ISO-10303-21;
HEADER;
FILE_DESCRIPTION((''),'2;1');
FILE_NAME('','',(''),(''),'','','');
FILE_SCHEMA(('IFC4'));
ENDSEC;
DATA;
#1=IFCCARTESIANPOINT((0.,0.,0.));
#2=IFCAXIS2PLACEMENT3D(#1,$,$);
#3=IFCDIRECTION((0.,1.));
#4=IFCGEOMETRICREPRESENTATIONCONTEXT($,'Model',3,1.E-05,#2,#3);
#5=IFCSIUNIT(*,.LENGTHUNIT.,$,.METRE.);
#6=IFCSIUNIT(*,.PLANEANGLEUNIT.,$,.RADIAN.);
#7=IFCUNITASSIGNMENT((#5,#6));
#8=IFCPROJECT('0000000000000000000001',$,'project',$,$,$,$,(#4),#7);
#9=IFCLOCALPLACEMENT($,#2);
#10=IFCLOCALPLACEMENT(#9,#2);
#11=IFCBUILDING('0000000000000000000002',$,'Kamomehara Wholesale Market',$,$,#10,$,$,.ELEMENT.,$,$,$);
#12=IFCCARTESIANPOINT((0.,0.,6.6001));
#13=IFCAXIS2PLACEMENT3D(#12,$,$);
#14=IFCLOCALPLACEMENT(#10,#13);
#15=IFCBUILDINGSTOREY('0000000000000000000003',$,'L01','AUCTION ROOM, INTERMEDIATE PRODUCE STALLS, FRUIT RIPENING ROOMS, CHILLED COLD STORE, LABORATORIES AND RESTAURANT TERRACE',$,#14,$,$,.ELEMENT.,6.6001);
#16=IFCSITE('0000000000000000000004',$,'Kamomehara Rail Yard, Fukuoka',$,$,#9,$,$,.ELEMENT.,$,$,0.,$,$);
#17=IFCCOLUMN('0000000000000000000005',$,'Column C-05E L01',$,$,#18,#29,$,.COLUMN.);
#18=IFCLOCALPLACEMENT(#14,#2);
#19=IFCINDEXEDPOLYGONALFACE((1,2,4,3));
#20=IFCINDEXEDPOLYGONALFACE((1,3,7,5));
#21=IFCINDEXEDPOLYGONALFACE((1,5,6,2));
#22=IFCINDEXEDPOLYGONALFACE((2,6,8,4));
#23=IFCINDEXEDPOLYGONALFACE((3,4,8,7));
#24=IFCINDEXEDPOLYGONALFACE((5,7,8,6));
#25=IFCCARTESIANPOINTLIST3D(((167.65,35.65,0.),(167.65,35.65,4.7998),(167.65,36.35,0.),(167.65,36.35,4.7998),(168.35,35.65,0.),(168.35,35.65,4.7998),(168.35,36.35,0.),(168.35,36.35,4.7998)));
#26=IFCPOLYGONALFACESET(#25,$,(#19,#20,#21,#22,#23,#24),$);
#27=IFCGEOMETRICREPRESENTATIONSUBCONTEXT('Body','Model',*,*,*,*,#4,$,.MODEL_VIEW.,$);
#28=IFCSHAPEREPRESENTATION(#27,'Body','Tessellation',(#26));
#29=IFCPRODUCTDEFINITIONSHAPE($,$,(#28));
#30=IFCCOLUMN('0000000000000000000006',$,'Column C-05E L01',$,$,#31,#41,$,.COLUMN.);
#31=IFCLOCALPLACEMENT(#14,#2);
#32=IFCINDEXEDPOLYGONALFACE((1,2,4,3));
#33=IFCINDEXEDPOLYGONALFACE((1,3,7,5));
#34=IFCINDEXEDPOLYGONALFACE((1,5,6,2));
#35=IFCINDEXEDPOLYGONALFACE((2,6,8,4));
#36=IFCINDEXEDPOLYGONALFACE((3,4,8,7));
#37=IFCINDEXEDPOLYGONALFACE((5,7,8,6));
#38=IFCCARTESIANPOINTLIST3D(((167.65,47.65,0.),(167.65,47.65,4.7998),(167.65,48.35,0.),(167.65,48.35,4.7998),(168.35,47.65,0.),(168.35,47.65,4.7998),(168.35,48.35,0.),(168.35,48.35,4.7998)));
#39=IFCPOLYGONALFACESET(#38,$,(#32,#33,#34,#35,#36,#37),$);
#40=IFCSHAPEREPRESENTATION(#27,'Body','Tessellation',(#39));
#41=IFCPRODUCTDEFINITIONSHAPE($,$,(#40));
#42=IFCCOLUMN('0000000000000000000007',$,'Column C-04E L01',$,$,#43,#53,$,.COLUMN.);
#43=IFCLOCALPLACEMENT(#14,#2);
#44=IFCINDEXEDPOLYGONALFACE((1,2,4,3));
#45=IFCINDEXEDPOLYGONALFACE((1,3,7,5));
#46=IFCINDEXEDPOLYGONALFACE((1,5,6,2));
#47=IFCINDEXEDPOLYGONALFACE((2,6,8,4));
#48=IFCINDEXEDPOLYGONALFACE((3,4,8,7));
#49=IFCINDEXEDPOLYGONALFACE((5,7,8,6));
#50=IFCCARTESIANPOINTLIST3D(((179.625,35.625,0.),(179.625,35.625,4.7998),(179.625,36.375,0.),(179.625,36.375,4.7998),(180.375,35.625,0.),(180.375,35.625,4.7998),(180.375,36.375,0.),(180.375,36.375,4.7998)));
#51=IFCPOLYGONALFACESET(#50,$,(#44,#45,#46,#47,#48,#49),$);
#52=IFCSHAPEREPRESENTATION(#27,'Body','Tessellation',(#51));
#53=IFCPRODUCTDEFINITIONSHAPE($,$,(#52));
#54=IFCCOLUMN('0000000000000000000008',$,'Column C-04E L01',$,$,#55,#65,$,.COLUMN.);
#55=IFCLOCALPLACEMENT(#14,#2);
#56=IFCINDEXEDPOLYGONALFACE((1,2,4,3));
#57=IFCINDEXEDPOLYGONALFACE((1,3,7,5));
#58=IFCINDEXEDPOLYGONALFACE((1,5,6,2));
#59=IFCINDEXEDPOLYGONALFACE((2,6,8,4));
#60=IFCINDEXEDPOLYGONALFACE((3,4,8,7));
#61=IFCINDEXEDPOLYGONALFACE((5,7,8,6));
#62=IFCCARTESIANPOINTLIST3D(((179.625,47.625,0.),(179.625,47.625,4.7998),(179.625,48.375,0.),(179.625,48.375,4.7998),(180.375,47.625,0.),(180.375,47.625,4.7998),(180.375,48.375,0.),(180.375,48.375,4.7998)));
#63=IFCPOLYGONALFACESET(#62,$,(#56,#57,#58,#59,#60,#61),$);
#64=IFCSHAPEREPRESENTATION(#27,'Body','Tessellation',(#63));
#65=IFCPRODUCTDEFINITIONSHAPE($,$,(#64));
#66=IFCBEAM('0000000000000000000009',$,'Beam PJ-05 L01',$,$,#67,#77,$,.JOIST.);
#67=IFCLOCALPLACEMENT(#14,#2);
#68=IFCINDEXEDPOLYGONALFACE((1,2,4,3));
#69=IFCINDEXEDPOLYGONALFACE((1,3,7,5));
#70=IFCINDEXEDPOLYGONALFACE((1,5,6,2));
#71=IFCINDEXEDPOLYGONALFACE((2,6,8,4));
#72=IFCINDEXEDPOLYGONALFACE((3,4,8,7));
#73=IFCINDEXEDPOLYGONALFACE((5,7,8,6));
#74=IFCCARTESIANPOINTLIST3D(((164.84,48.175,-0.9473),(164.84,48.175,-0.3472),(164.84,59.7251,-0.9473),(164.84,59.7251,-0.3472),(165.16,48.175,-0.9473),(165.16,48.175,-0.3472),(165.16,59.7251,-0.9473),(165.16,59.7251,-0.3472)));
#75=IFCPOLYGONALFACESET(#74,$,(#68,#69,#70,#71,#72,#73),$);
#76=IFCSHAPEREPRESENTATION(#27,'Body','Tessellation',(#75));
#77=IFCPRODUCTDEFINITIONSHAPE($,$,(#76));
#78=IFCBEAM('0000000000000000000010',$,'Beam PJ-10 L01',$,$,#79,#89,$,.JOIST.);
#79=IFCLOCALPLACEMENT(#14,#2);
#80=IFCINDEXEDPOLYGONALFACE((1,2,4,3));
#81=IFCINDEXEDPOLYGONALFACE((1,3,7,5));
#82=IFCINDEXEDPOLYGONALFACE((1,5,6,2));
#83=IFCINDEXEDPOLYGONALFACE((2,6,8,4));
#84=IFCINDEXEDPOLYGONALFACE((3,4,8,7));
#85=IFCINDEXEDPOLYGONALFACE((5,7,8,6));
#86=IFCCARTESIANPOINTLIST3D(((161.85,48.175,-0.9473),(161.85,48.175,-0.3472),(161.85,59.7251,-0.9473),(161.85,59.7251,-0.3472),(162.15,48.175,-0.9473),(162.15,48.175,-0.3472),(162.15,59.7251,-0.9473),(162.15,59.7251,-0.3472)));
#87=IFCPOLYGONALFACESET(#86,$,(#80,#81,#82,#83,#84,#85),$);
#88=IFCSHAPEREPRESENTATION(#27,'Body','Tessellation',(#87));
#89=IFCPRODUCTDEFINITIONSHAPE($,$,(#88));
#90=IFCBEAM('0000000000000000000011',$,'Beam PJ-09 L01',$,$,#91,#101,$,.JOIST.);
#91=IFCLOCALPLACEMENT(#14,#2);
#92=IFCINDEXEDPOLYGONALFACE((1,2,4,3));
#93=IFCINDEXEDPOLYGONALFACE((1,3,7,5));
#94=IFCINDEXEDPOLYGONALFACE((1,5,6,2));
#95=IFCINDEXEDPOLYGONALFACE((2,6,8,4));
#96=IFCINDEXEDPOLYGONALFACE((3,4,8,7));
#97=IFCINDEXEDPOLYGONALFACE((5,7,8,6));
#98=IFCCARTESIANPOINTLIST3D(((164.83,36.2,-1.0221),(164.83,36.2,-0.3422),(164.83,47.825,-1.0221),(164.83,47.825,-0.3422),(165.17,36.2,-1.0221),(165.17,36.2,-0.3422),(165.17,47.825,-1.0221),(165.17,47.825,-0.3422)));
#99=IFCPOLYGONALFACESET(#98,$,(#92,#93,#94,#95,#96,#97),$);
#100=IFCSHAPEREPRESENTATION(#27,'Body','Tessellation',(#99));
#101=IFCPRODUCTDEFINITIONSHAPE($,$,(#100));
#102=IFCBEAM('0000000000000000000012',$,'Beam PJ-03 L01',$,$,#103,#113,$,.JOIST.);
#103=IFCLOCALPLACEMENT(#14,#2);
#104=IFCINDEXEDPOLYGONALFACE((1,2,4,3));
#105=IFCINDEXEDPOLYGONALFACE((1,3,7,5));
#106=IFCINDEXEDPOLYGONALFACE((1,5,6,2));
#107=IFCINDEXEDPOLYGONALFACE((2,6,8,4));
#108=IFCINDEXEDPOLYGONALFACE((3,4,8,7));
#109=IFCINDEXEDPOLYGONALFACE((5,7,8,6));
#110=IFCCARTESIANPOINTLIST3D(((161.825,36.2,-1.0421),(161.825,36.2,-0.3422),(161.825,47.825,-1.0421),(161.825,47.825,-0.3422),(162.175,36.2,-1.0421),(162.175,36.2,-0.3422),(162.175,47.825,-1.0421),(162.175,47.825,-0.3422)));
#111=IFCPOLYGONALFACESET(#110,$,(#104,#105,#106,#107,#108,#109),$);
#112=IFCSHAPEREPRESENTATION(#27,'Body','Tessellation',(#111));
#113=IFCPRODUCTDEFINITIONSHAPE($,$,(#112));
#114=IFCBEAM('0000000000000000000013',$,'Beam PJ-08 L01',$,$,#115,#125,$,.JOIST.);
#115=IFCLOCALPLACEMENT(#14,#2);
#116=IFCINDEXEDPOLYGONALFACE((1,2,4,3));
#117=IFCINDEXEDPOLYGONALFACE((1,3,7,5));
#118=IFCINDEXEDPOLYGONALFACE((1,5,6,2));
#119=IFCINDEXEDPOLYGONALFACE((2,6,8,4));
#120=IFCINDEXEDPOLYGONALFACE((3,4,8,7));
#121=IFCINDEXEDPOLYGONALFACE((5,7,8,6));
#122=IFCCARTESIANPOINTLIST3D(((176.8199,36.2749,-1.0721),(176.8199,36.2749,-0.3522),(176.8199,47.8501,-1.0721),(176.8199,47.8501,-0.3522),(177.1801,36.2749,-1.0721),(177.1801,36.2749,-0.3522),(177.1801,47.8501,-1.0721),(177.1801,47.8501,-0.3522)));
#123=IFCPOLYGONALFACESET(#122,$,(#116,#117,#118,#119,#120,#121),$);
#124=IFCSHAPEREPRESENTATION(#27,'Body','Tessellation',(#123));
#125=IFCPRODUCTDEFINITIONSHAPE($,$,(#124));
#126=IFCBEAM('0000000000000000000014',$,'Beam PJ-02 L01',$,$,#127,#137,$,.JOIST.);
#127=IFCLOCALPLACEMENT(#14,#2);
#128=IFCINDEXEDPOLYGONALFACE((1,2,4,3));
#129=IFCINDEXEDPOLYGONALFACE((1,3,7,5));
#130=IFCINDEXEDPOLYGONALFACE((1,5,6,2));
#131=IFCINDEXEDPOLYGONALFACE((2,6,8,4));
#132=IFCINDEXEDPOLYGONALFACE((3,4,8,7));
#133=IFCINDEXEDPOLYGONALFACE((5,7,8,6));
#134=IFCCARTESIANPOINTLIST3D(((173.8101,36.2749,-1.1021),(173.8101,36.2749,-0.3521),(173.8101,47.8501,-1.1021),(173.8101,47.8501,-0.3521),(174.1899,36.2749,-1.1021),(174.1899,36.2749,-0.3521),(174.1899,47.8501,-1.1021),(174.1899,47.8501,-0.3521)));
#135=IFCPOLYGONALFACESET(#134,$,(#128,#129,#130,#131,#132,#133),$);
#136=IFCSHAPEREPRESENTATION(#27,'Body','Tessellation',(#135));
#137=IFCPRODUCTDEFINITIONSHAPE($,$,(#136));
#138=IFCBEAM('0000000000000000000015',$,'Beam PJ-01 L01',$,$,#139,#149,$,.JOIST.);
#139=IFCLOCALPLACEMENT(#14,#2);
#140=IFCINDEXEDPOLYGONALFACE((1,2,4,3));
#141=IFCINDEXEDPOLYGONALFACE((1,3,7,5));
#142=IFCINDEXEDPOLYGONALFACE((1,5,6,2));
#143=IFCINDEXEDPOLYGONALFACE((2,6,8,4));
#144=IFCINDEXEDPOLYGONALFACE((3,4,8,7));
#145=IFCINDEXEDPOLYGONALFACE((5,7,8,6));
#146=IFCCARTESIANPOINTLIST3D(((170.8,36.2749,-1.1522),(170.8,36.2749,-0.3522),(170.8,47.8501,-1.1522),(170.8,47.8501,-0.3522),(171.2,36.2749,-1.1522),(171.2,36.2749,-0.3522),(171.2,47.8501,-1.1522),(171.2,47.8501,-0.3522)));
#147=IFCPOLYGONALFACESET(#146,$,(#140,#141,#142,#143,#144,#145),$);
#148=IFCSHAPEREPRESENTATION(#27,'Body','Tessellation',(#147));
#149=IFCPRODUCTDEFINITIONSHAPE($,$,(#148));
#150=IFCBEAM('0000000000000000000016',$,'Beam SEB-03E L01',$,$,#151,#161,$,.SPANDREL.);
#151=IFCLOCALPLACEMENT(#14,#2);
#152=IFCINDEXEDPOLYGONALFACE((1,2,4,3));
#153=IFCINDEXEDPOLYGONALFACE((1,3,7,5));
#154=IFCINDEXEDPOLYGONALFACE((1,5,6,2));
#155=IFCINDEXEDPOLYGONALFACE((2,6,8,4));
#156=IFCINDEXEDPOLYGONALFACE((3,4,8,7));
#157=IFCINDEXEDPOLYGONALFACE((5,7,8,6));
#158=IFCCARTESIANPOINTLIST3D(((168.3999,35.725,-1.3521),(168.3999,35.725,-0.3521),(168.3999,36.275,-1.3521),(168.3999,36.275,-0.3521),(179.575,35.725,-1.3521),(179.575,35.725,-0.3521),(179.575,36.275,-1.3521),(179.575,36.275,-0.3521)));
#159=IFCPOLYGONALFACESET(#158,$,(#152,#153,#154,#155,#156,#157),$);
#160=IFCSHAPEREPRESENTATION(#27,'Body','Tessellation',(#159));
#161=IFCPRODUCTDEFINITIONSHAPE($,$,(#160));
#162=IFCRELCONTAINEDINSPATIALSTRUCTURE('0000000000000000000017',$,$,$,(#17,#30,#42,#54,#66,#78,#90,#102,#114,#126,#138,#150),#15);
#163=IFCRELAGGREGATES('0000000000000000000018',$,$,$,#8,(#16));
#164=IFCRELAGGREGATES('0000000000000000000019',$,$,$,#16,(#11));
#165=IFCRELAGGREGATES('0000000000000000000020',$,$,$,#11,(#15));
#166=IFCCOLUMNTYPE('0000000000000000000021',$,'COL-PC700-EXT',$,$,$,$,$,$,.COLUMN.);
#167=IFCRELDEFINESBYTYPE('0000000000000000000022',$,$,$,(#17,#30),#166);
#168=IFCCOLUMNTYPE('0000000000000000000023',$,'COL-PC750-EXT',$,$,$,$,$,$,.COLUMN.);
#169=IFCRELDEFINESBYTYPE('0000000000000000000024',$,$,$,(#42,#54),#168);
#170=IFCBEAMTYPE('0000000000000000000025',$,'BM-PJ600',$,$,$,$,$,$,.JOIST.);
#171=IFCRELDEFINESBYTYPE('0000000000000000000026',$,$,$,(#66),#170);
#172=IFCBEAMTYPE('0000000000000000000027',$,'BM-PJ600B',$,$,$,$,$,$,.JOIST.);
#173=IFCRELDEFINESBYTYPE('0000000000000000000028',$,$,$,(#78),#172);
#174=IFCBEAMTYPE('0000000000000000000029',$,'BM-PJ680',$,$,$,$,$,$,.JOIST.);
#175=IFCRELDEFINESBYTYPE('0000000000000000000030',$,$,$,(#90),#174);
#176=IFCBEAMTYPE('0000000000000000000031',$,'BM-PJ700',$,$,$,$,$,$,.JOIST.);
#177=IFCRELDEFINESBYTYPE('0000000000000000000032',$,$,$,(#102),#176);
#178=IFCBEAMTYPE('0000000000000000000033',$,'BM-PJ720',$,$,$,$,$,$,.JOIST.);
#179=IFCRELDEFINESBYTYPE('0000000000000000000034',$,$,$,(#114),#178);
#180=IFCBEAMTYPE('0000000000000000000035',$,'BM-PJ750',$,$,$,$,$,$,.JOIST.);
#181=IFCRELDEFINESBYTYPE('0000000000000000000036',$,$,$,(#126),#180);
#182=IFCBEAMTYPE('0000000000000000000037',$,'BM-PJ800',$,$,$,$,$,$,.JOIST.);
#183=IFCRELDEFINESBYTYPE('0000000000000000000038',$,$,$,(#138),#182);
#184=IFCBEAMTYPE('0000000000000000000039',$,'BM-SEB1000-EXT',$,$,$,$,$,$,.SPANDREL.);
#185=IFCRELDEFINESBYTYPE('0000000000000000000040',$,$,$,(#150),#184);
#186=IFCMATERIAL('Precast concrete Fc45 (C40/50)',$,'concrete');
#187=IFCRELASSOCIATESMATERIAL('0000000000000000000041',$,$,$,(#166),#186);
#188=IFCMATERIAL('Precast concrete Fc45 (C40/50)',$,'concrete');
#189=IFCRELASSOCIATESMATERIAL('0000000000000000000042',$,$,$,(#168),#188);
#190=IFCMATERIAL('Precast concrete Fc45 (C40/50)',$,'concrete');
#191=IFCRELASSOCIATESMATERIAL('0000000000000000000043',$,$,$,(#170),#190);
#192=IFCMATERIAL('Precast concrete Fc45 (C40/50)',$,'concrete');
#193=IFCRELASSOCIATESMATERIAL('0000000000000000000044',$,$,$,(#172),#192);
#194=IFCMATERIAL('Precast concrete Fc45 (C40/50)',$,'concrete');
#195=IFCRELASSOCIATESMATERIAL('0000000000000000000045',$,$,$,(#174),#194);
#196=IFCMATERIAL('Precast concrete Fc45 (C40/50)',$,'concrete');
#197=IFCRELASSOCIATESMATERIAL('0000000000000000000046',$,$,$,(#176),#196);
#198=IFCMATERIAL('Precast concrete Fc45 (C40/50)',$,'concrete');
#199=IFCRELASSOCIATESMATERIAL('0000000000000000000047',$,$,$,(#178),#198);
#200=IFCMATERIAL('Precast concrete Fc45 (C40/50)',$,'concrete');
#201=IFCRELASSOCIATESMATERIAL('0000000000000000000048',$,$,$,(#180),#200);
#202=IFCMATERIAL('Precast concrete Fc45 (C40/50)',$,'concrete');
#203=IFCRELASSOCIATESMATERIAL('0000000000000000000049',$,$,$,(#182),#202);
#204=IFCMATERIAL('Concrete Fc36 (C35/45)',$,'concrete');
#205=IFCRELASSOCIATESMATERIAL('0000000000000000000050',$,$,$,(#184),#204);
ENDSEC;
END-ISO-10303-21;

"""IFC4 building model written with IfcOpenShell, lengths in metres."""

from ifc_helpers import new_model, si_unit, direction, frame, origin, origin_2d, place, context, subcontext, project, spatial, rectangle, extrude, material, material_profile, profile_set, type_object, element, save


model = new_model("IFC4")

# Units and contexts
model_context = context("Model", 3, precision=1e-05, world=origin(), true_north=direction((0.0, 1.0)))
body_context = subcontext(model_context, "Body", "Model", "MODEL_VIEW")
ifc_project = project(units=[si_unit("LENGTHUNIT", "METRE"), si_unit("PLANEANGLEUNIT", "RADIAN")], contexts=[model_context])

# Site, building, storey
site_placement = place(None, origin())
site = spatial("IfcSite", under=ifc_project, at=site_placement, Name="Kamomehara Rail Yard, Fukuoka", CompositionType="ELEMENT", RefElevation=0.0)
building_placement = place(site_placement, origin())
building = spatial("IfcBuilding", under=site, at=building_placement, Name="Kamomehara Wholesale Market", CompositionType="ELEMENT")
storey_placement = place(building_placement, frame((0.0, 0.0, 6.6001)))
storey = spatial("IfcBuildingStorey", under=building, at=storey_placement, Name="L01", Description="AUCTION ROOM, INTERMEDIATE PRODUCE STALLS, FRUIT RIPENING ROOMS, CHILLED COLD STORE, LABORATORIES AND RESTAURANT TERRACE", CompositionType="ELEMENT", Elevation=6.6001)

# Columns
ifc_material_1 = material(Name="Precast concrete Fc45 (C40/50)", Category="concrete")
ifc_material_profile_1 = material_profile(ifc_material_1, rectangle(XDim=0.7, YDim=0.7, at=origin_2d()), Name="PC-COL-700x700")
ifc_profile_set_1 = profile_set([ifc_material_profile_1], Name="Precast concrete Fc45 (C40/50)")
column_type_1 = type_object("IfcColumnType", Name="COL-PC700-EXT", PredefinedType="COLUMN", material=ifc_profile_set_1)
for number, where, z_axis, x_axis, name in (
    (1, (168.0, 36.0, 0.0), (0.0, 0.0, 1.0), (1.0, 0.0, 0.0), "Column C-05E L01"),
    (2, (168.0, 48.0, 0.0), (0.0, 0.0, 1.0), (1.0, 0.0, 0.0), "Column C-05E L01"),
):
    element("IfcColumn", number, at=place(storey_placement, frame(where, z_axis=z_axis, x_axis=x_axis)), inside=storey, type_object=column_type_1, Name=name, PredefinedType="COLUMN", context=body_context, shape_type="SweptSolid", body=[
        extrude(rectangle(XDim=0.7, YDim=0.7, at=origin_2d()), origin(), (0.0, 0.0, 1.0), 4.7998),
    ])
ifc_material_2 = material(Name="Precast concrete Fc45 (C40/50)", Category="concrete")
ifc_material_profile_2 = material_profile(ifc_material_2, rectangle(XDim=0.75, YDim=0.75, at=origin_2d()), Name="PC-COL-750x750")
ifc_profile_set_2 = profile_set([ifc_material_profile_2], Name="Precast concrete Fc45 (C40/50)")
column_type_2 = type_object("IfcColumnType", Name="COL-PC750-EXT", PredefinedType="COLUMN", material=ifc_profile_set_2)
for number, where, z_axis, x_axis, name in (
    (3, (180.0, 36.0, 0.0), (0.0, 0.0, 1.0), (1.0, 0.0, 0.0), "Column C-04E L01"),
    (4, (180.0, 48.0, 0.0), (0.0, 0.0, 1.0), (1.0, 0.0, 0.0), "Column C-04E L01"),
):
    element("IfcColumn", number, at=place(storey_placement, frame(where, z_axis=z_axis, x_axis=x_axis)), inside=storey, type_object=column_type_2, Name=name, PredefinedType="COLUMN", context=body_context, shape_type="SweptSolid", body=[
        extrude(rectangle(XDim=0.75, YDim=0.75, at=origin_2d()), origin(), (0.0, 0.0, 1.0), 4.7998),
    ])

# Beams
ifc_material_3 = material(Name="Precast concrete Fc45 (C40/50)", Category="concrete")
ifc_material_profile_3 = material_profile(ifc_material_3, rectangle(XDim=0.3201, YDim=0.6001, at=origin_2d()), Name="PC-JST-320x600")
ifc_profile_set_3 = profile_set([ifc_material_profile_3], Name="Precast concrete Fc45 (C40/50)")
beam_type_1 = type_object("IfcBeamType", Name="BM-PJ600", PredefinedType="JOIST", material=ifc_profile_set_3)
beam_1_placement = place(storey_placement, frame((165.0, 48.175, -0.6472), z_axis=(0.0, 1.0, 0.0), x_axis=(-1.0, 0.0, 0.0)))
element("IfcBeam", 5, at=beam_1_placement, inside=storey, type_object=beam_type_1, Name="Beam PJ-05 L01", PredefinedType="JOIST", context=body_context, shape_type="SweptSolid", body=[
    extrude(rectangle(XDim=0.3201, YDim=0.6001, at=origin_2d()), origin(), (0.0, 0.0, 1.0), 11.55),
])
ifc_material_4 = material(Name="Precast concrete Fc45 (C40/50)", Category="concrete")
ifc_material_profile_4 = material_profile(ifc_material_4, rectangle(XDim=0.3, YDim=0.6001, at=origin_2d()), Name="PC-JST-300x600")
ifc_profile_set_4 = profile_set([ifc_material_profile_4], Name="Precast concrete Fc45 (C40/50)")
beam_type_2 = type_object("IfcBeamType", Name="BM-PJ600B", PredefinedType="JOIST", material=ifc_profile_set_4)
beam_2_placement = place(storey_placement, frame((162.0, 48.175, -0.6472), z_axis=(0.0, 1.0, 0.0), x_axis=(-1.0, 0.0, 0.0)))
element("IfcBeam", 6, at=beam_2_placement, inside=storey, type_object=beam_type_2, Name="Beam PJ-10 L01", PredefinedType="JOIST", context=body_context, shape_type="SweptSolid", body=[
    extrude(rectangle(XDim=0.3, YDim=0.6001, at=origin_2d()), origin(), (0.0, 0.0, 1.0), 11.55),
])
ifc_material_5 = material(Name="Precast concrete Fc45 (C40/50)", Category="concrete")
ifc_material_profile_5 = material_profile(ifc_material_5, rectangle(XDim=0.3401, YDim=0.6799, at=origin_2d()), Name="PC-JST-340x680")
ifc_profile_set_5 = profile_set([ifc_material_profile_5], Name="Precast concrete Fc45 (C40/50)")
beam_type_3 = type_object("IfcBeamType", Name="BM-PJ680", PredefinedType="JOIST", material=ifc_profile_set_5)
beam_3_placement = place(storey_placement, frame((165.0, 36.2, -0.6821), z_axis=(0.0, 1.0, 0.0), x_axis=(-1.0, 0.0, 0.0)))
element("IfcBeam", 7, at=beam_3_placement, inside=storey, type_object=beam_type_3, Name="Beam PJ-09 L01", PredefinedType="JOIST", context=body_context, shape_type="SweptSolid", body=[
    extrude(rectangle(XDim=0.3401, YDim=0.6799, at=origin_2d()), origin(), (0.0, 0.0, 1.0), 11.625),
])
ifc_material_6 = material(Name="Precast concrete Fc45 (C40/50)", Category="concrete")
ifc_material_profile_6 = material_profile(ifc_material_6, rectangle(XDim=0.3501, YDim=0.7, at=origin_2d()), Name="PC-JST-350x700")
ifc_profile_set_6 = profile_set([ifc_material_profile_6], Name="Precast concrete Fc45 (C40/50)")
beam_type_4 = type_object("IfcBeamType", Name="BM-PJ700", PredefinedType="JOIST", material=ifc_profile_set_6)
beam_4_placement = place(storey_placement, frame((162.0, 36.2, -0.6921), z_axis=(0.0, 1.0, 0.0), x_axis=(-1.0, 0.0, 0.0)))
element("IfcBeam", 8, at=beam_4_placement, inside=storey, type_object=beam_type_4, Name="Beam PJ-03 L01", PredefinedType="JOIST", context=body_context, shape_type="SweptSolid", body=[
    extrude(rectangle(XDim=0.3501, YDim=0.7, at=origin_2d()), origin(), (0.0, 0.0, 1.0), 11.625),
])
ifc_material_7 = material(Name="Precast concrete Fc45 (C40/50)", Category="concrete")
ifc_material_profile_7 = material_profile(ifc_material_7, rectangle(XDim=0.3601, YDim=0.72, at=origin_2d()), Name="PC-JST-360x720")
ifc_profile_set_7 = profile_set([ifc_material_profile_7], Name="Precast concrete Fc45 (C40/50)")
beam_type_5 = type_object("IfcBeamType", Name="BM-PJ720", PredefinedType="JOIST", material=ifc_profile_set_7)
beam_5_placement = place(storey_placement, frame((177.0, 36.2749, -0.7122), z_axis=(0.0, 1.0, 0.0), x_axis=(-1.0, 0.0, 0.0)))
element("IfcBeam", 9, at=beam_5_placement, inside=storey, type_object=beam_type_5, Name="Beam PJ-08 L01", PredefinedType="JOIST", context=body_context, shape_type="SweptSolid", body=[
    extrude(rectangle(XDim=0.3601, YDim=0.72, at=origin_2d()), origin(), (0.0, 0.0, 1.0), 11.5752),
])
ifc_material_8 = material(Name="Precast concrete Fc45 (C40/50)", Category="concrete")
ifc_material_profile_8 = material_profile(ifc_material_8, rectangle(XDim=0.3799, YDim=0.75, at=origin_2d()), Name="PC-JST-380x750")
ifc_profile_set_8 = profile_set([ifc_material_profile_8], Name="Precast concrete Fc45 (C40/50)")
beam_type_6 = type_object("IfcBeamType", Name="BM-PJ750", PredefinedType="JOIST", material=ifc_profile_set_8)
beam_6_placement = place(storey_placement, frame((174.0, 36.2749, -0.7271), z_axis=(0.0, 1.0, 0.0), x_axis=(-1.0, 0.0, 0.0)))
element("IfcBeam", 10, at=beam_6_placement, inside=storey, type_object=beam_type_6, Name="Beam PJ-02 L01", PredefinedType="JOIST", context=body_context, shape_type="SweptSolid", body=[
    extrude(rectangle(XDim=0.3799, YDim=0.75, at=origin_2d()), origin(), (0.0, 0.0, 1.0), 11.5752),
])
ifc_material_9 = material(Name="Precast concrete Fc45 (C40/50)", Category="concrete")
ifc_material_profile_9 = material_profile(ifc_material_9, rectangle(XDim=0.3999, YDim=0.8, at=origin_2d()), Name="PC-JST-400x800")
ifc_profile_set_9 = profile_set([ifc_material_profile_9], Name="Precast concrete Fc45 (C40/50)")
beam_type_7 = type_object("IfcBeamType", Name="BM-PJ800", PredefinedType="JOIST", material=ifc_profile_set_9)
beam_7_placement = place(storey_placement, frame((171.0, 36.2749, -0.7522), z_axis=(0.0, 1.0, 0.0), x_axis=(-1.0, 0.0, 0.0)))
element("IfcBeam", 11, at=beam_7_placement, inside=storey, type_object=beam_type_7, Name="Beam PJ-01 L01", PredefinedType="JOIST", context=body_context, shape_type="SweptSolid", body=[
    extrude(rectangle(XDim=0.3999, YDim=0.8, at=origin_2d()), origin(), (0.0, 0.0, 1.0), 11.5752),
])
ifc_material_10 = material(Name="Concrete Fc36 (C35/45)", Category="concrete")
ifc_material_profile_10 = material_profile(ifc_material_10, rectangle(XDim=0.55, YDim=1.0, at=origin_2d()), Name="RC-SEB-550x1000")
ifc_profile_set_10 = profile_set([ifc_material_profile_10], Name="Concrete Fc36 (C35/45)")
beam_type_8 = type_object("IfcBeamType", Name="BM-SEB1000-EXT", PredefinedType="SPANDREL", material=ifc_profile_set_10)
beam_8_placement = place(storey_placement, frame((168.3999, 36.0, -0.8521), z_axis=(1.0, 0.0, 0.0), x_axis=(0.0, 1.0, 0.0)))
element("IfcBeam", 12, at=beam_8_placement, inside=storey, type_object=beam_type_8, Name="Beam SEB-03E L01", PredefinedType="SPANDREL", context=body_context, shape_type="SweptSolid", body=[
    extrude(rectangle(XDim=0.55, YDim=1.0, at=origin_2d()), origin(), (0.0, 0.0, 1.0), 11.175),
])

save(model, "model.ifc")
